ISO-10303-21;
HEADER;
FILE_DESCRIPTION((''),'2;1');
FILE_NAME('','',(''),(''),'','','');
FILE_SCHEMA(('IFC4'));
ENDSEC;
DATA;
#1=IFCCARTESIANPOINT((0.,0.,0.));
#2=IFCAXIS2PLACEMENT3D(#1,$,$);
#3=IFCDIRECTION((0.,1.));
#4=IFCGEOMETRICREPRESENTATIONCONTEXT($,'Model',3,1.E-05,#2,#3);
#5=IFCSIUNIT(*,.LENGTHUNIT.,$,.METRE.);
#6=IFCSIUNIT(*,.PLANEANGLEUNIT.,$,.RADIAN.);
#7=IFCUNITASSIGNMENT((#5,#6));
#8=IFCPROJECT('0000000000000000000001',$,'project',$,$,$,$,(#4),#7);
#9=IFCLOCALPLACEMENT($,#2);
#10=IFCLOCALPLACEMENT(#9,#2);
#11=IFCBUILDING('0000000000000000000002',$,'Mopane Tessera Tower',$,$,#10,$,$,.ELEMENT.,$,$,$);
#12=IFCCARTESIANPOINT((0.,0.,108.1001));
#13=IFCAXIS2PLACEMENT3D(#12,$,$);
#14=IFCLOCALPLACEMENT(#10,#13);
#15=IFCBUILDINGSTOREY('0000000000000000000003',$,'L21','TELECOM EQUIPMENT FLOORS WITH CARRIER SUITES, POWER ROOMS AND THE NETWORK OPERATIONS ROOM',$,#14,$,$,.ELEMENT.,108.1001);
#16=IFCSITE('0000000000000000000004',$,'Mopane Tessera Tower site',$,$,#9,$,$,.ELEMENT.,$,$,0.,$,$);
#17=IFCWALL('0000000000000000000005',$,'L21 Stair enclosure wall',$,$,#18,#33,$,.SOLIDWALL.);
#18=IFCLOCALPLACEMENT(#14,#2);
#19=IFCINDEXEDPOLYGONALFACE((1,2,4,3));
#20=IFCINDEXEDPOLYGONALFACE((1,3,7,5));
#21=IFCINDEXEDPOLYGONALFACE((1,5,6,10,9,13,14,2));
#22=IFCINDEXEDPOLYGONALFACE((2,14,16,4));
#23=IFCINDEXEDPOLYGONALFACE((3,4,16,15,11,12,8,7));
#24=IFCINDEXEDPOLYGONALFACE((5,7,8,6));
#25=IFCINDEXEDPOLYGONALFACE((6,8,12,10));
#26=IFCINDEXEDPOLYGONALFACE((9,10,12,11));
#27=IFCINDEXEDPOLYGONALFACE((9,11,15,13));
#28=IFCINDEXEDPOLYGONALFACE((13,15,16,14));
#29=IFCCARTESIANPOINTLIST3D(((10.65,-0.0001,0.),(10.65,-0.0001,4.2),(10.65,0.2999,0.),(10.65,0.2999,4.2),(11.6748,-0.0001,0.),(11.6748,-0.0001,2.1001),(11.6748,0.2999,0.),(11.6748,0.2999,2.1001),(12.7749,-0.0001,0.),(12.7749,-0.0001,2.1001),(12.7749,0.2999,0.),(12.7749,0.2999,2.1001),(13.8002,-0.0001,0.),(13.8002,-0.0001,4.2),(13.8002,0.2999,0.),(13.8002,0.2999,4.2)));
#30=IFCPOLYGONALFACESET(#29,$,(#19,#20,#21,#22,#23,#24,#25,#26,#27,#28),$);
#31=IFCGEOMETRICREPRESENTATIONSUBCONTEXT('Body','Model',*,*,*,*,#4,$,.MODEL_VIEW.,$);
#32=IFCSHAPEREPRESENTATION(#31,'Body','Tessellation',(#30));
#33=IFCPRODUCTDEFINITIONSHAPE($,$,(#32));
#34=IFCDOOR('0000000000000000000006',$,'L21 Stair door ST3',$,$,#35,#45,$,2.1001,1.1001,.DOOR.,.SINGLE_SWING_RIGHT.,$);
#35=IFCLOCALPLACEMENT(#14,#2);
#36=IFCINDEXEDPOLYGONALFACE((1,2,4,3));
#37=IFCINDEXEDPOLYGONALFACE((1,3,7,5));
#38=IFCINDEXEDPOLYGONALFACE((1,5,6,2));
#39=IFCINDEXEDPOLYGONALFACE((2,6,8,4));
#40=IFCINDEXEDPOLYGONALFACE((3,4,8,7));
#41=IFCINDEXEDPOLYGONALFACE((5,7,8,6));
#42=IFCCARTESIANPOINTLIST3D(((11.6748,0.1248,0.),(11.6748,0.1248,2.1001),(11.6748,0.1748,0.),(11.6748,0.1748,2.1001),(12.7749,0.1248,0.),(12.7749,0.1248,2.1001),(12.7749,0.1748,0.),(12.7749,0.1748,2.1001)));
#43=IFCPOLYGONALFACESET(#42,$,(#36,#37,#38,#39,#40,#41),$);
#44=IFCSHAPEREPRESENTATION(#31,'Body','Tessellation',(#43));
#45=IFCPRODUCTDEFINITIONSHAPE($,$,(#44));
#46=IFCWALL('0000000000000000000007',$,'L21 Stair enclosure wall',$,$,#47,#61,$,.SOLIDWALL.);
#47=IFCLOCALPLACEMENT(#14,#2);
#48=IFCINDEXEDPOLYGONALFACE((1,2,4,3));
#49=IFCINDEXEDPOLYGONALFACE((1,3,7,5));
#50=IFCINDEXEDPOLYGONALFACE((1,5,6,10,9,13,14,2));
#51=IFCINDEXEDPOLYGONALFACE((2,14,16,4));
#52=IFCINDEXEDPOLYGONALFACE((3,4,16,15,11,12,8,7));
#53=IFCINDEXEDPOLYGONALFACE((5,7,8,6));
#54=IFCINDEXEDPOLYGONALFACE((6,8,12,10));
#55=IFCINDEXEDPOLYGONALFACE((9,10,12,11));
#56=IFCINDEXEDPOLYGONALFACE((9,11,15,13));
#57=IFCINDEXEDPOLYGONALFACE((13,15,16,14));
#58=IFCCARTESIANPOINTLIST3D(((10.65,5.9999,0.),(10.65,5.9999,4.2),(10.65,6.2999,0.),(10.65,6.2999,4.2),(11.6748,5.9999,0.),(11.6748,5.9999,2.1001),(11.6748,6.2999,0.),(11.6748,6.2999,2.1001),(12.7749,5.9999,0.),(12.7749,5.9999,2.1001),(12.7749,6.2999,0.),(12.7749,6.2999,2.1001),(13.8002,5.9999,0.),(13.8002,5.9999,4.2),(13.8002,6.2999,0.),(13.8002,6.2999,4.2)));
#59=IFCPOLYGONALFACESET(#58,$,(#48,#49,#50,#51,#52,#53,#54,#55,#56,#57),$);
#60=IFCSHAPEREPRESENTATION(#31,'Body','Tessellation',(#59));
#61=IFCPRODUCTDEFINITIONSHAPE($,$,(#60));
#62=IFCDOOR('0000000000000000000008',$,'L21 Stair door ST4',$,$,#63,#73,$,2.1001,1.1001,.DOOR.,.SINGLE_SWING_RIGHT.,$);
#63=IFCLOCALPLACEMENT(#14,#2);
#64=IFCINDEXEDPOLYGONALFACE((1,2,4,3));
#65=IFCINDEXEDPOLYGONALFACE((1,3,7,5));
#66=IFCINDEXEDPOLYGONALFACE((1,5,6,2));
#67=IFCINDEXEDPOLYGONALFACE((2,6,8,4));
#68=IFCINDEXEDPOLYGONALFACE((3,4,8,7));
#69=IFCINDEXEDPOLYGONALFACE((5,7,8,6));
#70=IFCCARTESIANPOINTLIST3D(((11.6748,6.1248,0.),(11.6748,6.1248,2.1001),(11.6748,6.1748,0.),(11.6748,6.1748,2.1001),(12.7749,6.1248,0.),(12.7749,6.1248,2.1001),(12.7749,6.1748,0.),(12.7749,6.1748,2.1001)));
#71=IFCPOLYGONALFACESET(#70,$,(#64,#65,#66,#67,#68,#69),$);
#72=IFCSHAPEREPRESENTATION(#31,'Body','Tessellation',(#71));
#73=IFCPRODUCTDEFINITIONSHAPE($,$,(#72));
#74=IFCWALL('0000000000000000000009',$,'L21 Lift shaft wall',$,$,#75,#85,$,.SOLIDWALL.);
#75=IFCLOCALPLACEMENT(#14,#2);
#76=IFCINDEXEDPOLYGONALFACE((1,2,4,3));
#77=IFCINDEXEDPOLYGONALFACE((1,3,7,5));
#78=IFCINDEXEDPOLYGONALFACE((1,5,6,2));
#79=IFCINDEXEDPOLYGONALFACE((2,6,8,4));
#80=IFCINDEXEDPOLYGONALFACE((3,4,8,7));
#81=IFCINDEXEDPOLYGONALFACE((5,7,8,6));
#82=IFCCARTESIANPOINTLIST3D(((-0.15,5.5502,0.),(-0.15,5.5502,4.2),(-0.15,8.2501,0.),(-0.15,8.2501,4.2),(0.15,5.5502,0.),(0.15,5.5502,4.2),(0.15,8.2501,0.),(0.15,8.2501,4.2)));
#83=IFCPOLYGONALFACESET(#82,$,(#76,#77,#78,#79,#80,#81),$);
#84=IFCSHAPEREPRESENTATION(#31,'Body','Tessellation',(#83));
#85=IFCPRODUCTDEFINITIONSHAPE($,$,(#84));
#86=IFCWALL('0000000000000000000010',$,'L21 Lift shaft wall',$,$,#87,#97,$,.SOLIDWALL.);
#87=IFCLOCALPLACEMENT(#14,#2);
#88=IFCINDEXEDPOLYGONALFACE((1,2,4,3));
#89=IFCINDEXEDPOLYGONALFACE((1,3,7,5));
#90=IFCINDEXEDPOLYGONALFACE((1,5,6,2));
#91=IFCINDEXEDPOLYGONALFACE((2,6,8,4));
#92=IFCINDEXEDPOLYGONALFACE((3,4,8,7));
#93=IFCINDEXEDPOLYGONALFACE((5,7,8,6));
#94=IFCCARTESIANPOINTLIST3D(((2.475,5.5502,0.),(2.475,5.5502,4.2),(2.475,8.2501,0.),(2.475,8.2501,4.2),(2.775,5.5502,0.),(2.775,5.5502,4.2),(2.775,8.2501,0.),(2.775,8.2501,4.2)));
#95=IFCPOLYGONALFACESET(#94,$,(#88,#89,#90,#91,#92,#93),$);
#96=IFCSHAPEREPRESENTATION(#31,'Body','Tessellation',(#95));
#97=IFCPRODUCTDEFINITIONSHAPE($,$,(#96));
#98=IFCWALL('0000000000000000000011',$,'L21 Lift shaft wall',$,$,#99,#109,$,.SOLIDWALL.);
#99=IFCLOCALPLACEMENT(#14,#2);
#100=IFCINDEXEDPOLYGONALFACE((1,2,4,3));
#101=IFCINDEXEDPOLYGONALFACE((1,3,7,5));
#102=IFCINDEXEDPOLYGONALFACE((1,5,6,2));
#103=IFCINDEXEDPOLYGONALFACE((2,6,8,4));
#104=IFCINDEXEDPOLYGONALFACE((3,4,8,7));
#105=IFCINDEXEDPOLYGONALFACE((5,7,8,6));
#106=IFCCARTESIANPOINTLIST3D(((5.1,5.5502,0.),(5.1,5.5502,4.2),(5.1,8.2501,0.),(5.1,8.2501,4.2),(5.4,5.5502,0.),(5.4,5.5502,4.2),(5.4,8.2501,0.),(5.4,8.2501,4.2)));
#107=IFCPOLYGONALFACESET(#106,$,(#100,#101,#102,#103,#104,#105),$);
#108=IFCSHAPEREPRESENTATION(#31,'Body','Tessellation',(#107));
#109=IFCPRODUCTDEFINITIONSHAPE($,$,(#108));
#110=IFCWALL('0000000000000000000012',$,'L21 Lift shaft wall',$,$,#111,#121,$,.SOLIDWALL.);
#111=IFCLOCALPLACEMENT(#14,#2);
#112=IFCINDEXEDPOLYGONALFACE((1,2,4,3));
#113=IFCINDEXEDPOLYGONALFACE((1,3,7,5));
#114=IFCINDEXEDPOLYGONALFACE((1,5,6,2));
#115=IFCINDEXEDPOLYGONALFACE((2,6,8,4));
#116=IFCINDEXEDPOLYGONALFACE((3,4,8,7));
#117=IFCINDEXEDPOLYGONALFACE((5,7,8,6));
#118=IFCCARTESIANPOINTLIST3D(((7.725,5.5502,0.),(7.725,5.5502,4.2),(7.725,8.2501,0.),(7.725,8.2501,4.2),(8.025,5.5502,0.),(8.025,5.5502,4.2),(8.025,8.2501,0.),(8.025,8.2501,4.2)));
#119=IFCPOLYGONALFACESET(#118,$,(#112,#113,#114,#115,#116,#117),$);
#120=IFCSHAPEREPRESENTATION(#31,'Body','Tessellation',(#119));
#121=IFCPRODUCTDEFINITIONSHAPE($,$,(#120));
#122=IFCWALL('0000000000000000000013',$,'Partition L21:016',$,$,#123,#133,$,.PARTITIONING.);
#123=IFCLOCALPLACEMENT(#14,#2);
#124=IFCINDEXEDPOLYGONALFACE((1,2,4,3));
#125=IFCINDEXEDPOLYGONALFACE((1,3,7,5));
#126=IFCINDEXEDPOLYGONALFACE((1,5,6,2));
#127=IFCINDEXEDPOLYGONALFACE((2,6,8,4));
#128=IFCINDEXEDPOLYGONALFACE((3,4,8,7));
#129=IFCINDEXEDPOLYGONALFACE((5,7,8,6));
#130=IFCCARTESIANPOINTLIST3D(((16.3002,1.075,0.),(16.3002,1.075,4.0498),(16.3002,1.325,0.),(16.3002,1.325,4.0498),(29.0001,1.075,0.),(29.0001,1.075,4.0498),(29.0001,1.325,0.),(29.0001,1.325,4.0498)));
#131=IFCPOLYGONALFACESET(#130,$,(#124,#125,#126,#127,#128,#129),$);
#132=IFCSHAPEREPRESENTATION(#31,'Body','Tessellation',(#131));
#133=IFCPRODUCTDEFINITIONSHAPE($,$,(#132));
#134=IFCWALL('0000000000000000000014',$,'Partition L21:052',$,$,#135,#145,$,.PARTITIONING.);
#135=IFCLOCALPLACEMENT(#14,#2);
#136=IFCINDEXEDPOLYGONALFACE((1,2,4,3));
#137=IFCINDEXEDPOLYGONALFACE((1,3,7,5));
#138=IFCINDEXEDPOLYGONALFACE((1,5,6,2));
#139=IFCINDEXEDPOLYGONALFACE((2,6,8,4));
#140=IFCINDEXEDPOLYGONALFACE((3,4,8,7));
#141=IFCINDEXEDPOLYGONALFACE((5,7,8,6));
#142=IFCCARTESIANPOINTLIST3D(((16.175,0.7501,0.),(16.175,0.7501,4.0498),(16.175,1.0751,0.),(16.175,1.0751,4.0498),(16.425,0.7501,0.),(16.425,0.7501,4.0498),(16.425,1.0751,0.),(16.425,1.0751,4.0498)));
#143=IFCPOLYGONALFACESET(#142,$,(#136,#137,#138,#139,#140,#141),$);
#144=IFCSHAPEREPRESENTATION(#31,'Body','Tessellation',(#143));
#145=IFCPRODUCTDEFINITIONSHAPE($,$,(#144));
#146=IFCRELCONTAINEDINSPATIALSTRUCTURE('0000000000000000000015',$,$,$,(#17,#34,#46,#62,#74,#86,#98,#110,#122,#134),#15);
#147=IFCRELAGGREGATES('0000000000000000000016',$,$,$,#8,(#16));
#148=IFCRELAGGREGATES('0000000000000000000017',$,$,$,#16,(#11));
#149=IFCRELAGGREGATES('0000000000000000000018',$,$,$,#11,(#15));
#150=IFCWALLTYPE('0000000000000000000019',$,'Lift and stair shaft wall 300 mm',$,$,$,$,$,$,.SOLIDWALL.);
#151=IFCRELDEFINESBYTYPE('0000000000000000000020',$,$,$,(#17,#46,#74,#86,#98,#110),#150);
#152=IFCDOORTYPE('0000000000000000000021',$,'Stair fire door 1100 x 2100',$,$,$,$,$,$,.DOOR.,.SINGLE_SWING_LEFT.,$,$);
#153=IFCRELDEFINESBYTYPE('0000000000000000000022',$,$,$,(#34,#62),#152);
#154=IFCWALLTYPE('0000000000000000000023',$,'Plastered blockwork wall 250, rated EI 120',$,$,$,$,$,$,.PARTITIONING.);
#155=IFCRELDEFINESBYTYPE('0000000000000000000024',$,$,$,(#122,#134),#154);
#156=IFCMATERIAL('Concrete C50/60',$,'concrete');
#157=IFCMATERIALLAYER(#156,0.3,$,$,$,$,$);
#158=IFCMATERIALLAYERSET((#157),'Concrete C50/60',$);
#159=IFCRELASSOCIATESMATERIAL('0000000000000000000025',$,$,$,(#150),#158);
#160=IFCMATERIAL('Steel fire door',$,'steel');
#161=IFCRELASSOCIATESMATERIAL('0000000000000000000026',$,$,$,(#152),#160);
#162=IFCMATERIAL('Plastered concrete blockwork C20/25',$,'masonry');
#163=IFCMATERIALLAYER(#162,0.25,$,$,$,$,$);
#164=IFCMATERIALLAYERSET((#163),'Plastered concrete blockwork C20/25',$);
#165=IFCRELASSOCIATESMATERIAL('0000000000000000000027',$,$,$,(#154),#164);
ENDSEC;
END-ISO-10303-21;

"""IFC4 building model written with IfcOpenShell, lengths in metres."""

from ifc_helpers import new_model, si_unit, direction, frame, frame_2d, origin, place, context, subcontext, project, spatial, rectangle, extrude, material, layer, layer_set, type_object, element, fill, save


model = new_model("IFC4")

# Units and contexts
model_context = context("Model", 3, precision=1e-05, world=origin(), true_north=direction((0.0, 1.0)))
body_context = subcontext(model_context, "Body", "Model", "MODEL_VIEW")
ifc_project = project(units=[si_unit("LENGTHUNIT", "METRE"), si_unit("PLANEANGLEUNIT", "RADIAN")], contexts=[model_context])

# Site, building, storey
site_placement = place(None, origin())
site = spatial("IfcSite", under=ifc_project, at=site_placement, Name="Mopane Tessera Tower site", CompositionType="ELEMENT", RefElevation=0.0)
building_placement = place(site_placement, origin())
building = spatial("IfcBuilding", under=site, at=building_placement, Name="Mopane Tessera Tower", CompositionType="ELEMENT")
storey_placement = place(building_placement, frame((0.0, 0.0, 108.1001)))
storey = spatial("IfcBuildingStorey", under=building, at=storey_placement, Name="L21", Description="TELECOM EQUIPMENT FLOORS WITH CARRIER SUITES, POWER ROOMS AND THE NETWORK OPERATIONS ROOM", CompositionType="ELEMENT", Elevation=108.1001)

# Walls, openings, doors
ifc_material_1 = material(Name="Concrete C50/60", Category="concrete")
ifc_layer_1 = layer(ifc_material_1, 0.3)
ifc_layer_set_1 = layer_set([ifc_layer_1], Name="Concrete C50/60")
wall_type_1 = type_object("IfcWallType", Name="Lift and stair shaft wall 300 mm", PredefinedType="SOLIDWALL", material=ifc_layer_set_1)
wall_1_placement = place(storey_placement, frame((10.6499, 0.1499, 0.0), z_axis=(0.0, 0.0, 1.0), x_axis=(1.0, 0.0, 0.0)))
wall_1 = element("IfcWall", 1, at=wall_1_placement, inside=storey, type_object=wall_type_1, Name="L21 Stair enclosure wall", PredefinedType="SOLIDWALL", context=body_context, shape_type="SweptSolid", body=[
    extrude(rectangle(XDim=3.1501, YDim=0.3, at=frame_2d((1.5752, 0.0))), origin(), (0.0, 0.0, 1.0), 4.2),
])
opening_1_placement = place(wall_1_placement, frame((1.0249, 0.0, 0.0)))
opening_1 = element("IfcOpeningElement", 2, at=opening_1_placement, cuts=wall_1, PredefinedType="OPENING", context=body_context, shape_type="SweptSolid", body=[
    extrude(rectangle(XDim=1.1001, YDim=2.1001, at=frame_2d((0.55, 1.05))), frame((0.0, 0.1621, 0.0), z_axis=(0.0, -1.0, 0.0), x_axis=(1.0, 0.0, 0.0)), (0.0, 0.0, 1.0), 0.324),
])
ifc_material_2 = material(Name="Steel fire door", Category="steel")
door_type_1 = type_object("IfcDoorType", Name="Stair fire door 1100 x 2100", OperationType="SINGLE_SWING_LEFT", PredefinedType="DOOR", material=ifc_material_2)
door_1_placement = place(opening_1_placement, origin())
door_1 = element("IfcDoor", 3, at=door_1_placement, inside=storey, type_object=door_type_1, Name="L21 Stair door ST3", OperationType="SINGLE_SWING_RIGHT", OverallHeight=2.1001, OverallWidth=1.1001, PredefinedType="DOOR", context=body_context, shape_type="SweptSolid", body=[
    extrude(rectangle(XDim=1.1001, YDim=2.1001, at=frame_2d((0.55, 1.05))), frame((0.0, 0.0249, 0.0), z_axis=(0.0, -1.0, 0.0), x_axis=(1.0, 0.0, 0.0)), (0.0, 0.0, 1.0), 0.05),
])
fill(opening_1, door_1)
wall_2_placement = place(storey_placement, frame((10.6499, 6.1499, 0.0), z_axis=(0.0, 0.0, 1.0), x_axis=(1.0, 0.0, 0.0)))
wall_2 = element("IfcWall", 4, at=wall_2_placement, inside=storey, type_object=wall_type_1, Name="L21 Stair enclosure wall", PredefinedType="SOLIDWALL", context=body_context, shape_type="SweptSolid", body=[
    extrude(rectangle(XDim=3.1501, YDim=0.3, at=frame_2d((1.5752, 0.0))), origin(), (0.0, 0.0, 1.0), 4.2),
])
opening_2_placement = place(wall_2_placement, frame((1.0249, 0.0, 0.0)))
opening_2 = element("IfcOpeningElement", 5, at=opening_2_placement, cuts=wall_2, PredefinedType="OPENING", context=body_context, shape_type="SweptSolid", body=[
    extrude(rectangle(XDim=1.1001, YDim=2.1001, at=frame_2d((0.55, 1.05))), frame((0.0, 0.1621, 0.0), z_axis=(0.0, -1.0, 0.0), x_axis=(1.0, 0.0, 0.0)), (0.0, 0.0, 1.0), 0.324),
])
door_2_placement = place(opening_2_placement, origin())
door_2 = element("IfcDoor", 6, at=door_2_placement, inside=storey, type_object=door_type_1, Name="L21 Stair door ST4", OperationType="SINGLE_SWING_RIGHT", OverallHeight=2.1001, OverallWidth=1.1001, PredefinedType="DOOR", context=body_context, shape_type="SweptSolid", body=[
    extrude(rectangle(XDim=1.1001, YDim=2.1001, at=frame_2d((0.55, 1.05))), frame((0.0, 0.0249, 0.0), z_axis=(0.0, -1.0, 0.0), x_axis=(1.0, 0.0, 0.0)), (0.0, 0.0, 1.0), 0.05),
])
fill(opening_2, door_2)

# Walls
for number, where, z_axis, x_axis, name in (
    (7, (0.0, 5.55, 0.0), (0.0, 0.0, 1.0), (0.0, 1.0, 0.0), "L21 Lift shaft wall"),
    (8, (2.625, 5.55, 0.0), (0.0, 0.0, 1.0), (0.0, 1.0, 0.0), "L21 Lift shaft wall"),
    (9, (5.25, 5.55, 0.0), (0.0, 0.0, 1.0), (0.0, 1.0, 0.0), "L21 Lift shaft wall"),
    (10, (7.875, 5.55, 0.0), (0.0, 0.0, 1.0), (0.0, 1.0, 0.0), "L21 Lift shaft wall"),
):
    element("IfcWall", number, at=place(storey_placement, frame(where, z_axis=z_axis, x_axis=x_axis)), inside=storey, type_object=wall_type_1, Name=name, PredefinedType="SOLIDWALL", context=body_context, shape_type="SweptSolid", body=[
        extrude(rectangle(XDim=2.7, YDim=0.3, at=frame_2d((1.3501, 0.0))), origin(), (0.0, 0.0, 1.0), 4.2),
    ])
ifc_material_3 = material(Name="Plastered concrete blockwork C20/25", Category="masonry")
ifc_layer_2 = layer(ifc_material_3, 0.25)
ifc_layer_set_2 = layer_set([ifc_layer_2], Name="Plastered concrete blockwork C20/25")
wall_type_2 = type_object("IfcWallType", Name="Plastered blockwork wall 250, rated EI 120", PredefinedType="PARTITIONING", material=ifc_layer_set_2)
wall_3_placement = place(storey_placement, frame((16.3, 1.2, 0.0), z_axis=(0.0, 0.0, 1.0), x_axis=(1.0, 0.0, 0.0)))
element("IfcWall", 11, at=wall_3_placement, inside=storey, type_object=wall_type_2, Name="Partition L21:016", PredefinedType="PARTITIONING", context=body_context, shape_type="SweptSolid", body=[
    extrude(rectangle(XDim=12.7, YDim=0.25, at=frame_2d((6.3501, 0.0))), origin(), (0.0, 0.0, 1.0), 4.0498),
])
wall_4_placement = place(storey_placement, frame((16.3, 0.75, 0.0), z_axis=(0.0, 0.0, 1.0), x_axis=(0.0, 1.0, 0.0)))
element("IfcWall", 12, at=wall_4_placement, inside=storey, type_object=wall_type_2, Name="Partition L21:052", PredefinedType="PARTITIONING", context=body_context, shape_type="SweptSolid", body=[
    extrude(rectangle(XDim=0.325, YDim=0.25, at=frame_2d((0.1626, 0.0))), origin(), (0.0, 0.0, 1.0), 4.0498),
])

save(model, "model.ifc")
